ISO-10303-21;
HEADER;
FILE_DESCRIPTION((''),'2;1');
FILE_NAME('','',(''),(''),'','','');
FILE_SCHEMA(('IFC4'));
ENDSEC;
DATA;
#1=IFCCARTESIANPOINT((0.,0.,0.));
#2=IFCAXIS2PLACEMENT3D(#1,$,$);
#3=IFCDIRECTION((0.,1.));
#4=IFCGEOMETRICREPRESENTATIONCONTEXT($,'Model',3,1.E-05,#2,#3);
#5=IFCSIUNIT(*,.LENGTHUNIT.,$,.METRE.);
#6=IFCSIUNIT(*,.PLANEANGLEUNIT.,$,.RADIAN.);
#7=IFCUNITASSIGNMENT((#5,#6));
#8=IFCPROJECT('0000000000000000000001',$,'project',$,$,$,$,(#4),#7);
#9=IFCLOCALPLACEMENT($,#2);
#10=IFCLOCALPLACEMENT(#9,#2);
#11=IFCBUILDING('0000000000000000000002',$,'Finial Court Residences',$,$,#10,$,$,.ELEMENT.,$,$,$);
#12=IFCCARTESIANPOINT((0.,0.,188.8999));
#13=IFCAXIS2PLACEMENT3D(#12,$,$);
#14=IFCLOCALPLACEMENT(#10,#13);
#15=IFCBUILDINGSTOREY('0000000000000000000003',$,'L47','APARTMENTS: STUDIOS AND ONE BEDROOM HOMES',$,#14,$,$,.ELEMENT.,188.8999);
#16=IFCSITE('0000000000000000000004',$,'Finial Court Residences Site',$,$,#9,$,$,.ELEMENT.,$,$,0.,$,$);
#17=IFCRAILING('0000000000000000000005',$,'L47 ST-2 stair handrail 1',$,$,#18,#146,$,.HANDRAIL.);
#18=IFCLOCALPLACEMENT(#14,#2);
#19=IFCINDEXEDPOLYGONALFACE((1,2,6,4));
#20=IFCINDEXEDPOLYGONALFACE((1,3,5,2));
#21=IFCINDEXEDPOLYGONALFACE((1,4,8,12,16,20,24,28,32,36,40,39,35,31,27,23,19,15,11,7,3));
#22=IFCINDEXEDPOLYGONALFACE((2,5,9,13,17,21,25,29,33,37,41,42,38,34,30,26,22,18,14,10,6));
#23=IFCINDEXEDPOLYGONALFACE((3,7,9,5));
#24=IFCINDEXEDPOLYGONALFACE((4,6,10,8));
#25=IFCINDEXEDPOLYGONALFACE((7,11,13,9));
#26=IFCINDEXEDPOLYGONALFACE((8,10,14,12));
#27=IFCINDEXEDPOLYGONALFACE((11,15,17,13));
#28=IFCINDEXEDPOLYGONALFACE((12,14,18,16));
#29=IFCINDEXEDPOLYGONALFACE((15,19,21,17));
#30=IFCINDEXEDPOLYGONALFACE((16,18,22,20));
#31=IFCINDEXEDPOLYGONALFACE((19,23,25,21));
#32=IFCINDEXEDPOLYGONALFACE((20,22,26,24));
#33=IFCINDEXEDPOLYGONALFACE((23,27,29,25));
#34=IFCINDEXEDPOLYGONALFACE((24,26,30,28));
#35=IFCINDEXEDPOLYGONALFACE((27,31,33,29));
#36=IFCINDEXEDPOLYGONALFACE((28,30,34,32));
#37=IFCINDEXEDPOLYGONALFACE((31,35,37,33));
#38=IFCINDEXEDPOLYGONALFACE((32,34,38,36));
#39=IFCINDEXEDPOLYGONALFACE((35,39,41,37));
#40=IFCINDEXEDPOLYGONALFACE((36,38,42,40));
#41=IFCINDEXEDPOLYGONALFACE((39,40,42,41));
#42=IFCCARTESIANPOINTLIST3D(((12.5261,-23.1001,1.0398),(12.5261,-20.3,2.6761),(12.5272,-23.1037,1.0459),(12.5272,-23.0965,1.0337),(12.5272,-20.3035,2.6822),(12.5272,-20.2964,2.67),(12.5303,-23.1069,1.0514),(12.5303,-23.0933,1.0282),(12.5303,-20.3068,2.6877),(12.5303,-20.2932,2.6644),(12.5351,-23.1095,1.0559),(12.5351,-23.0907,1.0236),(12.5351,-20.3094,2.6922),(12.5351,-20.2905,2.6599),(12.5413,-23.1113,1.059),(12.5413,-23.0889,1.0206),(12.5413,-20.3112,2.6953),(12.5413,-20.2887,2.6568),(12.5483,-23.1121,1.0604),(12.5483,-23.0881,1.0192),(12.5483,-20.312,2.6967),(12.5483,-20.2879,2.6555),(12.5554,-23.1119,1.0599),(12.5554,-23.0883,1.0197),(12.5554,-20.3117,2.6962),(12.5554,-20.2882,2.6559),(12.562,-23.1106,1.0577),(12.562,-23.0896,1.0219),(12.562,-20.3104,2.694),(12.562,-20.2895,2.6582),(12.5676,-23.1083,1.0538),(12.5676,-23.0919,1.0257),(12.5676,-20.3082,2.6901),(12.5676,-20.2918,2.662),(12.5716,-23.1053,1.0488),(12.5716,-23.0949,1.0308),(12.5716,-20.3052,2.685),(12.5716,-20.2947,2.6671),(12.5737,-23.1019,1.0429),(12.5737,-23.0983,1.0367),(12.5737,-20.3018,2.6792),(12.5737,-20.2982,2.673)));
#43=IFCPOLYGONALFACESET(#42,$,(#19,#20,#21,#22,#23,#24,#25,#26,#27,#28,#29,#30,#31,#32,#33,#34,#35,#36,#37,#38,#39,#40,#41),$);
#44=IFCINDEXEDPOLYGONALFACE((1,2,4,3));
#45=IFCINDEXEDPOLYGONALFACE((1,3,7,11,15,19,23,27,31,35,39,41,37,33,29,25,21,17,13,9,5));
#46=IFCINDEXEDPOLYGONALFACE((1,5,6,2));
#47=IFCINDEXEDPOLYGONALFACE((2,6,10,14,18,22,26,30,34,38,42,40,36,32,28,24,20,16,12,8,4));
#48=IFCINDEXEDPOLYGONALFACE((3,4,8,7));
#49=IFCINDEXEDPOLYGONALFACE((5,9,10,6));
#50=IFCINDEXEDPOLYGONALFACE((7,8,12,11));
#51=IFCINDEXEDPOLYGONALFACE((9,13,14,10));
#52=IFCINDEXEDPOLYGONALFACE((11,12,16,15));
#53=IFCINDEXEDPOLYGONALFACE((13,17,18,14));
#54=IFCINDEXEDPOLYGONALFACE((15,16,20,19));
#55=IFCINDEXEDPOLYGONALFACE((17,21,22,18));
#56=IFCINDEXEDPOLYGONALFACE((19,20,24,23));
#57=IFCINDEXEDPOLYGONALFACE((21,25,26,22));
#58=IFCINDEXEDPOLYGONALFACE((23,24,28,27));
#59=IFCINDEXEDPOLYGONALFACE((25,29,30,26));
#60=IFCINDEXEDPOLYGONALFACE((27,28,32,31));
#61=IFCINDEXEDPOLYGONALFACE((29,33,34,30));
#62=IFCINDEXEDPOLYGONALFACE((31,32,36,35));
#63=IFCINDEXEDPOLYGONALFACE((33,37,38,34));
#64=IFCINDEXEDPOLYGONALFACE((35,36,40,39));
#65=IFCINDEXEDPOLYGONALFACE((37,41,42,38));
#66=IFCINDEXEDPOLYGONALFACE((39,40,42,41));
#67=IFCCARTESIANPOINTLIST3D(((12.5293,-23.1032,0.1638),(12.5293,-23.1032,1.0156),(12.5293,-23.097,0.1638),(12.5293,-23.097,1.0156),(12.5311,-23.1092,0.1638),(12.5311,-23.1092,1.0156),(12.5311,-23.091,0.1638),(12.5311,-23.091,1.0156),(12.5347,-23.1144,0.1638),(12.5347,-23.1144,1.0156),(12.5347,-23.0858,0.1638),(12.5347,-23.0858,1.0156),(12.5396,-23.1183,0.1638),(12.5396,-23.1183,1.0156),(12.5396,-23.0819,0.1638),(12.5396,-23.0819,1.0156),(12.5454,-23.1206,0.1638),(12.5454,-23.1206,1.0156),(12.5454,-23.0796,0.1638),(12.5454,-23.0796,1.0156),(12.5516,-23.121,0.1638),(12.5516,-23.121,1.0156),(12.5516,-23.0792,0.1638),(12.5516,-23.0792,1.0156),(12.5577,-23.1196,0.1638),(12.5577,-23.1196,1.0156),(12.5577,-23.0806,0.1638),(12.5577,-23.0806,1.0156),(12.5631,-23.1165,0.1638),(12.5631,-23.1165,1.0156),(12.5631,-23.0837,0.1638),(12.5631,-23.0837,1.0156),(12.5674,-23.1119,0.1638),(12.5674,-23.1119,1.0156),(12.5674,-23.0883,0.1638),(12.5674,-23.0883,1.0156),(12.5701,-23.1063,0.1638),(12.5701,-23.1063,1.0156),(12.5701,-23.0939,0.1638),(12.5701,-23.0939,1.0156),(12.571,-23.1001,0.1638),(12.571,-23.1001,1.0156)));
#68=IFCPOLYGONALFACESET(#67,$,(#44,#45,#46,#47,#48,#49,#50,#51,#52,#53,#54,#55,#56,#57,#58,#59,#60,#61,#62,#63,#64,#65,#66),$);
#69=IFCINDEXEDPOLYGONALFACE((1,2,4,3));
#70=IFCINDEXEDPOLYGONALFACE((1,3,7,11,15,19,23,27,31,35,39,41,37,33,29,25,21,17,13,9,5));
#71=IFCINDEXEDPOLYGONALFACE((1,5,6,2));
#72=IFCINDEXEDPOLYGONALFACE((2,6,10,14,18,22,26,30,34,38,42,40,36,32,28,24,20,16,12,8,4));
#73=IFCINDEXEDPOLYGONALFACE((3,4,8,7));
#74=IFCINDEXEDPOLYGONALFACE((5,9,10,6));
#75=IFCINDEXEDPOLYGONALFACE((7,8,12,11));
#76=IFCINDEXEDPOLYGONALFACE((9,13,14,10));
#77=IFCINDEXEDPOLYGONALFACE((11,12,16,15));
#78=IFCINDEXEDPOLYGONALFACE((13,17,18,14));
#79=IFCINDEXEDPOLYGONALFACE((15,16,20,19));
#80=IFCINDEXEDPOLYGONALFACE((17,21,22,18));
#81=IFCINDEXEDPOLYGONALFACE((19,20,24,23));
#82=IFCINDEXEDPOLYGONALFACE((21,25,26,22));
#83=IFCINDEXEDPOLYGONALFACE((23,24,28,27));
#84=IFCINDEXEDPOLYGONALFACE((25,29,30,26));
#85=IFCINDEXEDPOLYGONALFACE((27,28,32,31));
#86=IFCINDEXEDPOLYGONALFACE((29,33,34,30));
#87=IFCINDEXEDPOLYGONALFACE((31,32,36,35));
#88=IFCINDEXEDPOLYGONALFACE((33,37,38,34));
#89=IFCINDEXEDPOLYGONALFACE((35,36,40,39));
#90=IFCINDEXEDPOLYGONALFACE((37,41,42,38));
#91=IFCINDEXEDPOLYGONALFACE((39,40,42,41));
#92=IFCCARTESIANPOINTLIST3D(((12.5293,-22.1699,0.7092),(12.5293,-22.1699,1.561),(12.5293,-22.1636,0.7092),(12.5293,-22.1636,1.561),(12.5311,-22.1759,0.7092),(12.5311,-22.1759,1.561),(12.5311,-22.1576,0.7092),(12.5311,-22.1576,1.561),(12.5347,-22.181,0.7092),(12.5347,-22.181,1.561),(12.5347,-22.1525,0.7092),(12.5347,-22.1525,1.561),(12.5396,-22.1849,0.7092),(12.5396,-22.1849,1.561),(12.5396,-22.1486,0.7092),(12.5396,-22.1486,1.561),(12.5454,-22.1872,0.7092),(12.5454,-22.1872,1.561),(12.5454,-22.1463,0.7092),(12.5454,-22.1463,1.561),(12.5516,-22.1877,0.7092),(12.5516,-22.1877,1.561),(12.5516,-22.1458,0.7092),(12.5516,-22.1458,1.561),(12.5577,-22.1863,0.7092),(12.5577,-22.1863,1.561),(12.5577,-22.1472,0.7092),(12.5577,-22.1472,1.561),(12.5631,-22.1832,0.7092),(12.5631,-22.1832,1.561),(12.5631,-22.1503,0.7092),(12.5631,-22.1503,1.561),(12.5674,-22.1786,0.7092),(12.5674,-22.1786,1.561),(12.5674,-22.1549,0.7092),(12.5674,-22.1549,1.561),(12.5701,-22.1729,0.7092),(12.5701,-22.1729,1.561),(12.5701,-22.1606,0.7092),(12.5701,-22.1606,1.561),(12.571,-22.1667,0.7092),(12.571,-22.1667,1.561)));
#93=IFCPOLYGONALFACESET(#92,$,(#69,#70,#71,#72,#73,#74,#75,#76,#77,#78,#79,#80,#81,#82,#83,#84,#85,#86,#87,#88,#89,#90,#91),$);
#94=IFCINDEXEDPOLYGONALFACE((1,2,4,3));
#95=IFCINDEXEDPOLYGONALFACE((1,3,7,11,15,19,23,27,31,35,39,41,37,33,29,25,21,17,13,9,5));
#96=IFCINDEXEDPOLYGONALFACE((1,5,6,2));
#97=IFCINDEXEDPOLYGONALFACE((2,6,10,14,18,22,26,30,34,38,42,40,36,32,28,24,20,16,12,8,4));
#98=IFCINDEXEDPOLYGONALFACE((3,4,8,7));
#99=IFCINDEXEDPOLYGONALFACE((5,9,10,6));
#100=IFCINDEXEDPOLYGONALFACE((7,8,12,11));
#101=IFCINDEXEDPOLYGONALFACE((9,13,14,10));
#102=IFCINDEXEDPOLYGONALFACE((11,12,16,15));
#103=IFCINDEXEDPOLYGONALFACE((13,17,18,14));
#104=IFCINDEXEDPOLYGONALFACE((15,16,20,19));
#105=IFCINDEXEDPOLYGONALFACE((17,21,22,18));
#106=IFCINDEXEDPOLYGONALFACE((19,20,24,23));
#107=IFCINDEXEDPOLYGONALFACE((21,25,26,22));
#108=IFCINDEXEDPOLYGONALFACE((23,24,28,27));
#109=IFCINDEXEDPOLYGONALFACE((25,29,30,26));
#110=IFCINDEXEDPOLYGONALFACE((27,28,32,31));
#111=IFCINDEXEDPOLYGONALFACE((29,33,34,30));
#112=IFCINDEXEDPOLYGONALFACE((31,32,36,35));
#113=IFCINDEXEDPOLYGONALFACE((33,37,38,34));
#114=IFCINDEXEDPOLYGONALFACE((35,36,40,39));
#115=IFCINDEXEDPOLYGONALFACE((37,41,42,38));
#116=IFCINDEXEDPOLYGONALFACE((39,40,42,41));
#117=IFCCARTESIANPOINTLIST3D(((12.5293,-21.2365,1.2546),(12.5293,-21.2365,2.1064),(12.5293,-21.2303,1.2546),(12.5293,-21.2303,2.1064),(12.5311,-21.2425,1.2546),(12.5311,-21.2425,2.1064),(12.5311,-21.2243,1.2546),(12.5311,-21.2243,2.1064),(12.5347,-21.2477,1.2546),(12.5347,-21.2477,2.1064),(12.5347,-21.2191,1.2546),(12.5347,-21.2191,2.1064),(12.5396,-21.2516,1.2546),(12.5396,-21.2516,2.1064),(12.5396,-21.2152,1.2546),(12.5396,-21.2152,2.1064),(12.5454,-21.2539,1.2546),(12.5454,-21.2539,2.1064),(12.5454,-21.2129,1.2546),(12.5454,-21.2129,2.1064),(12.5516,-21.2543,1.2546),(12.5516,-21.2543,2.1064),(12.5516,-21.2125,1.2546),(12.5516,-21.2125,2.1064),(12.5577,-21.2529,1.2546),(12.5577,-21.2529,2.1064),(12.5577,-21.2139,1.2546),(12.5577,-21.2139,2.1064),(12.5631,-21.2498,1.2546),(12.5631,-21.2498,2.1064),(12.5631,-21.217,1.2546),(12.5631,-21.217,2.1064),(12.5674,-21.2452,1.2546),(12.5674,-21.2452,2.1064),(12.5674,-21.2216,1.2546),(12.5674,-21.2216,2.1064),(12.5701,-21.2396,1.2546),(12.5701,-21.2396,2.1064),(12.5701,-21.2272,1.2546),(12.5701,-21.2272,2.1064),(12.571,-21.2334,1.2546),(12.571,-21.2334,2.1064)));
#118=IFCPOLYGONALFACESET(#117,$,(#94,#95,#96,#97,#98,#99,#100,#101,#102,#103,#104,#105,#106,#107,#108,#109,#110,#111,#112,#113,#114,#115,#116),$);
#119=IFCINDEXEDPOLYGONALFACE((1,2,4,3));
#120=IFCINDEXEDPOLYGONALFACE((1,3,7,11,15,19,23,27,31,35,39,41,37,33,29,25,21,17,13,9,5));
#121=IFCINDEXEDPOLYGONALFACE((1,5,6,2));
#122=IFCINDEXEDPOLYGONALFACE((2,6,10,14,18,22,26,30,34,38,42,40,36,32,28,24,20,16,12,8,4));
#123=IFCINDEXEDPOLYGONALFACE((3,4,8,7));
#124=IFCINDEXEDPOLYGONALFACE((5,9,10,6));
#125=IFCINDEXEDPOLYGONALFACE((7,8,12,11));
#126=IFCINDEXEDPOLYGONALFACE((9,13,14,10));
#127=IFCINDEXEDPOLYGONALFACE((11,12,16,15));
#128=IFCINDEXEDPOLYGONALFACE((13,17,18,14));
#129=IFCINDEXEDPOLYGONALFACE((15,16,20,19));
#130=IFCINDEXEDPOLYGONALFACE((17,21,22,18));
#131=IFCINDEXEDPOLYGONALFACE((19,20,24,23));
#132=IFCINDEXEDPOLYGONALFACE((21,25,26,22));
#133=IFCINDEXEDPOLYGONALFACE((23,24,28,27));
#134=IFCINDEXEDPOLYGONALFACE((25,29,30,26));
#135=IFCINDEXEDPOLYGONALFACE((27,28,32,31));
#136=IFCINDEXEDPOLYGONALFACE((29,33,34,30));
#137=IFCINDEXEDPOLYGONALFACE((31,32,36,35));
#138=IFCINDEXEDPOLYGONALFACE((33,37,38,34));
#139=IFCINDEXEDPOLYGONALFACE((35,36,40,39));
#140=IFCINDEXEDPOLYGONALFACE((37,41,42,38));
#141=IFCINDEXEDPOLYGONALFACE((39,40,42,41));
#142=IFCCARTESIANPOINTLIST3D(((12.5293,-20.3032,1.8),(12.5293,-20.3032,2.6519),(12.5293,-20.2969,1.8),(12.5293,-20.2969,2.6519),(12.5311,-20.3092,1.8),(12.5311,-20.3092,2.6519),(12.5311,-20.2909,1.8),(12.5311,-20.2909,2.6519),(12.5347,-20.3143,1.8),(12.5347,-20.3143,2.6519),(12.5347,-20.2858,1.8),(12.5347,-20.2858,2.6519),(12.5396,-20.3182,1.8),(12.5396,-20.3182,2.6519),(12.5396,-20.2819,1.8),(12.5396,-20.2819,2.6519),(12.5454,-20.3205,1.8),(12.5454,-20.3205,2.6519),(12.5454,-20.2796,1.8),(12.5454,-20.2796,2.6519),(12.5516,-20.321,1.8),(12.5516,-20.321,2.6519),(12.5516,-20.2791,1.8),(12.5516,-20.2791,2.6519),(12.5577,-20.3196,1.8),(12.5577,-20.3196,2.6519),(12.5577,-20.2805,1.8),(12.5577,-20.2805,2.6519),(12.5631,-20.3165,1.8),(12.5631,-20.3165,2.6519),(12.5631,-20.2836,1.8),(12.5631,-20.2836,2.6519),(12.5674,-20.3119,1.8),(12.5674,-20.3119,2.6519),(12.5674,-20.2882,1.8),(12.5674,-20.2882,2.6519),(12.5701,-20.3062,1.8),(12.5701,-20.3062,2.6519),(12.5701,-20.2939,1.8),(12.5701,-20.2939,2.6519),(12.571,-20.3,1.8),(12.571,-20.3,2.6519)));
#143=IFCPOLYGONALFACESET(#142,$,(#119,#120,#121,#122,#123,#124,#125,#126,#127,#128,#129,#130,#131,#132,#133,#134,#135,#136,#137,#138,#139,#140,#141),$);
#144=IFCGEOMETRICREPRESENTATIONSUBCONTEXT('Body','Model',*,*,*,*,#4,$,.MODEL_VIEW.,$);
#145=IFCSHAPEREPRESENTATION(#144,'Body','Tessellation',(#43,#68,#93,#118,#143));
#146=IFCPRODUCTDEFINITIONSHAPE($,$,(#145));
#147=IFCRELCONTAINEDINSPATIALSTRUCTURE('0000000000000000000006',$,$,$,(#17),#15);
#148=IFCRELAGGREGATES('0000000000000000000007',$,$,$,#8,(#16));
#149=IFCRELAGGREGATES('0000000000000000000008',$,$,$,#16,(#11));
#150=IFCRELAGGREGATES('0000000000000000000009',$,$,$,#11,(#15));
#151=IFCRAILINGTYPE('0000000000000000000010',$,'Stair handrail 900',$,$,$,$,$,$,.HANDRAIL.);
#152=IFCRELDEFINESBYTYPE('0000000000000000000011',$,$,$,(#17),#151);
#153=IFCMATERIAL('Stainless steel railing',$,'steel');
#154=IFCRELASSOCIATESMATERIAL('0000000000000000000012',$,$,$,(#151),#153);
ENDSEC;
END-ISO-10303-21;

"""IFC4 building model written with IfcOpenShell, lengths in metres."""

from ifc_helpers import new_model, si_unit, direction, frame, origin, origin_2d, place, context, subcontext, project, spatial, circle, extrude, material, type_object, element, save


model = new_model("IFC4")

# Units and contexts
model_context = context("Model", 3, precision=1e-05, world=origin(), true_north=direction((0.0, 1.0)))
body_context = subcontext(model_context, "Body", "Model", "MODEL_VIEW")
ifc_project = project(units=[si_unit("LENGTHUNIT", "METRE"), si_unit("PLANEANGLEUNIT", "RADIAN")], contexts=[model_context])

# Site, building, storey
site_placement = place(None, origin())
site = spatial("IfcSite", under=ifc_project, at=site_placement, Name="Finial Court Residences Site", CompositionType="ELEMENT", RefElevation=0.0)
building_placement = place(site_placement, origin())
building = spatial("IfcBuilding", under=site, at=building_placement, Name="Finial Court Residences", CompositionType="ELEMENT")
storey_placement = place(building_placement, frame((0.0, 0.0, 188.8999)))
storey = spatial("IfcBuildingStorey", under=building, at=storey_placement, Name="L47", Description="APARTMENTS: STUDIOS AND ONE BEDROOM HOMES", CompositionType="ELEMENT", Elevation=188.8999)

# Railing
ifc_material_1 = material(Name="Stainless steel railing", Category="steel")
railing_type_1 = type_object("IfcRailingType", Name="Stair handrail 900", PredefinedType="HANDRAIL", material=ifc_material_1)
railing_1_placement = place(storey_placement, frame((12.55, -23.1001, 0.1638)))
element("IfcRailing", 1, at=railing_1_placement, inside=storey, type_object=railing_type_1, Name="L47 ST-2 stair handrail 1", PredefinedType="HANDRAIL", context=body_context, shape_type="SweptSolid", body=[
    extrude(circle(Radius=0.0239, at=origin_2d()), frame((0.0, 0.0, 0.876), z_axis=(0.0, 0.863394, 0.504531), x_axis=(-1.0, 0.0, 0.0)), (0.0, 0.0, 1.0), 3.2432),
    extrude(circle(Radius=0.021, at=origin_2d()), origin(), (0.0, 0.0, 1.0), 0.8518),
    extrude(circle(Radius=0.021, at=origin_2d()), frame((0.0, 0.9333, 0.5454)), (0.0, 0.0, 1.0), 0.8518),
    extrude(circle(Radius=0.021, at=origin_2d()), frame((0.0, 1.8667, 1.0908)), (0.0, 0.0, 1.0), 0.8518),
    extrude(circle(Radius=0.021, at=origin_2d()), frame((0.0, 2.8, 1.6362)), (0.0, 0.0, 1.0), 0.8518),
])

save(model, "model.ifc")
